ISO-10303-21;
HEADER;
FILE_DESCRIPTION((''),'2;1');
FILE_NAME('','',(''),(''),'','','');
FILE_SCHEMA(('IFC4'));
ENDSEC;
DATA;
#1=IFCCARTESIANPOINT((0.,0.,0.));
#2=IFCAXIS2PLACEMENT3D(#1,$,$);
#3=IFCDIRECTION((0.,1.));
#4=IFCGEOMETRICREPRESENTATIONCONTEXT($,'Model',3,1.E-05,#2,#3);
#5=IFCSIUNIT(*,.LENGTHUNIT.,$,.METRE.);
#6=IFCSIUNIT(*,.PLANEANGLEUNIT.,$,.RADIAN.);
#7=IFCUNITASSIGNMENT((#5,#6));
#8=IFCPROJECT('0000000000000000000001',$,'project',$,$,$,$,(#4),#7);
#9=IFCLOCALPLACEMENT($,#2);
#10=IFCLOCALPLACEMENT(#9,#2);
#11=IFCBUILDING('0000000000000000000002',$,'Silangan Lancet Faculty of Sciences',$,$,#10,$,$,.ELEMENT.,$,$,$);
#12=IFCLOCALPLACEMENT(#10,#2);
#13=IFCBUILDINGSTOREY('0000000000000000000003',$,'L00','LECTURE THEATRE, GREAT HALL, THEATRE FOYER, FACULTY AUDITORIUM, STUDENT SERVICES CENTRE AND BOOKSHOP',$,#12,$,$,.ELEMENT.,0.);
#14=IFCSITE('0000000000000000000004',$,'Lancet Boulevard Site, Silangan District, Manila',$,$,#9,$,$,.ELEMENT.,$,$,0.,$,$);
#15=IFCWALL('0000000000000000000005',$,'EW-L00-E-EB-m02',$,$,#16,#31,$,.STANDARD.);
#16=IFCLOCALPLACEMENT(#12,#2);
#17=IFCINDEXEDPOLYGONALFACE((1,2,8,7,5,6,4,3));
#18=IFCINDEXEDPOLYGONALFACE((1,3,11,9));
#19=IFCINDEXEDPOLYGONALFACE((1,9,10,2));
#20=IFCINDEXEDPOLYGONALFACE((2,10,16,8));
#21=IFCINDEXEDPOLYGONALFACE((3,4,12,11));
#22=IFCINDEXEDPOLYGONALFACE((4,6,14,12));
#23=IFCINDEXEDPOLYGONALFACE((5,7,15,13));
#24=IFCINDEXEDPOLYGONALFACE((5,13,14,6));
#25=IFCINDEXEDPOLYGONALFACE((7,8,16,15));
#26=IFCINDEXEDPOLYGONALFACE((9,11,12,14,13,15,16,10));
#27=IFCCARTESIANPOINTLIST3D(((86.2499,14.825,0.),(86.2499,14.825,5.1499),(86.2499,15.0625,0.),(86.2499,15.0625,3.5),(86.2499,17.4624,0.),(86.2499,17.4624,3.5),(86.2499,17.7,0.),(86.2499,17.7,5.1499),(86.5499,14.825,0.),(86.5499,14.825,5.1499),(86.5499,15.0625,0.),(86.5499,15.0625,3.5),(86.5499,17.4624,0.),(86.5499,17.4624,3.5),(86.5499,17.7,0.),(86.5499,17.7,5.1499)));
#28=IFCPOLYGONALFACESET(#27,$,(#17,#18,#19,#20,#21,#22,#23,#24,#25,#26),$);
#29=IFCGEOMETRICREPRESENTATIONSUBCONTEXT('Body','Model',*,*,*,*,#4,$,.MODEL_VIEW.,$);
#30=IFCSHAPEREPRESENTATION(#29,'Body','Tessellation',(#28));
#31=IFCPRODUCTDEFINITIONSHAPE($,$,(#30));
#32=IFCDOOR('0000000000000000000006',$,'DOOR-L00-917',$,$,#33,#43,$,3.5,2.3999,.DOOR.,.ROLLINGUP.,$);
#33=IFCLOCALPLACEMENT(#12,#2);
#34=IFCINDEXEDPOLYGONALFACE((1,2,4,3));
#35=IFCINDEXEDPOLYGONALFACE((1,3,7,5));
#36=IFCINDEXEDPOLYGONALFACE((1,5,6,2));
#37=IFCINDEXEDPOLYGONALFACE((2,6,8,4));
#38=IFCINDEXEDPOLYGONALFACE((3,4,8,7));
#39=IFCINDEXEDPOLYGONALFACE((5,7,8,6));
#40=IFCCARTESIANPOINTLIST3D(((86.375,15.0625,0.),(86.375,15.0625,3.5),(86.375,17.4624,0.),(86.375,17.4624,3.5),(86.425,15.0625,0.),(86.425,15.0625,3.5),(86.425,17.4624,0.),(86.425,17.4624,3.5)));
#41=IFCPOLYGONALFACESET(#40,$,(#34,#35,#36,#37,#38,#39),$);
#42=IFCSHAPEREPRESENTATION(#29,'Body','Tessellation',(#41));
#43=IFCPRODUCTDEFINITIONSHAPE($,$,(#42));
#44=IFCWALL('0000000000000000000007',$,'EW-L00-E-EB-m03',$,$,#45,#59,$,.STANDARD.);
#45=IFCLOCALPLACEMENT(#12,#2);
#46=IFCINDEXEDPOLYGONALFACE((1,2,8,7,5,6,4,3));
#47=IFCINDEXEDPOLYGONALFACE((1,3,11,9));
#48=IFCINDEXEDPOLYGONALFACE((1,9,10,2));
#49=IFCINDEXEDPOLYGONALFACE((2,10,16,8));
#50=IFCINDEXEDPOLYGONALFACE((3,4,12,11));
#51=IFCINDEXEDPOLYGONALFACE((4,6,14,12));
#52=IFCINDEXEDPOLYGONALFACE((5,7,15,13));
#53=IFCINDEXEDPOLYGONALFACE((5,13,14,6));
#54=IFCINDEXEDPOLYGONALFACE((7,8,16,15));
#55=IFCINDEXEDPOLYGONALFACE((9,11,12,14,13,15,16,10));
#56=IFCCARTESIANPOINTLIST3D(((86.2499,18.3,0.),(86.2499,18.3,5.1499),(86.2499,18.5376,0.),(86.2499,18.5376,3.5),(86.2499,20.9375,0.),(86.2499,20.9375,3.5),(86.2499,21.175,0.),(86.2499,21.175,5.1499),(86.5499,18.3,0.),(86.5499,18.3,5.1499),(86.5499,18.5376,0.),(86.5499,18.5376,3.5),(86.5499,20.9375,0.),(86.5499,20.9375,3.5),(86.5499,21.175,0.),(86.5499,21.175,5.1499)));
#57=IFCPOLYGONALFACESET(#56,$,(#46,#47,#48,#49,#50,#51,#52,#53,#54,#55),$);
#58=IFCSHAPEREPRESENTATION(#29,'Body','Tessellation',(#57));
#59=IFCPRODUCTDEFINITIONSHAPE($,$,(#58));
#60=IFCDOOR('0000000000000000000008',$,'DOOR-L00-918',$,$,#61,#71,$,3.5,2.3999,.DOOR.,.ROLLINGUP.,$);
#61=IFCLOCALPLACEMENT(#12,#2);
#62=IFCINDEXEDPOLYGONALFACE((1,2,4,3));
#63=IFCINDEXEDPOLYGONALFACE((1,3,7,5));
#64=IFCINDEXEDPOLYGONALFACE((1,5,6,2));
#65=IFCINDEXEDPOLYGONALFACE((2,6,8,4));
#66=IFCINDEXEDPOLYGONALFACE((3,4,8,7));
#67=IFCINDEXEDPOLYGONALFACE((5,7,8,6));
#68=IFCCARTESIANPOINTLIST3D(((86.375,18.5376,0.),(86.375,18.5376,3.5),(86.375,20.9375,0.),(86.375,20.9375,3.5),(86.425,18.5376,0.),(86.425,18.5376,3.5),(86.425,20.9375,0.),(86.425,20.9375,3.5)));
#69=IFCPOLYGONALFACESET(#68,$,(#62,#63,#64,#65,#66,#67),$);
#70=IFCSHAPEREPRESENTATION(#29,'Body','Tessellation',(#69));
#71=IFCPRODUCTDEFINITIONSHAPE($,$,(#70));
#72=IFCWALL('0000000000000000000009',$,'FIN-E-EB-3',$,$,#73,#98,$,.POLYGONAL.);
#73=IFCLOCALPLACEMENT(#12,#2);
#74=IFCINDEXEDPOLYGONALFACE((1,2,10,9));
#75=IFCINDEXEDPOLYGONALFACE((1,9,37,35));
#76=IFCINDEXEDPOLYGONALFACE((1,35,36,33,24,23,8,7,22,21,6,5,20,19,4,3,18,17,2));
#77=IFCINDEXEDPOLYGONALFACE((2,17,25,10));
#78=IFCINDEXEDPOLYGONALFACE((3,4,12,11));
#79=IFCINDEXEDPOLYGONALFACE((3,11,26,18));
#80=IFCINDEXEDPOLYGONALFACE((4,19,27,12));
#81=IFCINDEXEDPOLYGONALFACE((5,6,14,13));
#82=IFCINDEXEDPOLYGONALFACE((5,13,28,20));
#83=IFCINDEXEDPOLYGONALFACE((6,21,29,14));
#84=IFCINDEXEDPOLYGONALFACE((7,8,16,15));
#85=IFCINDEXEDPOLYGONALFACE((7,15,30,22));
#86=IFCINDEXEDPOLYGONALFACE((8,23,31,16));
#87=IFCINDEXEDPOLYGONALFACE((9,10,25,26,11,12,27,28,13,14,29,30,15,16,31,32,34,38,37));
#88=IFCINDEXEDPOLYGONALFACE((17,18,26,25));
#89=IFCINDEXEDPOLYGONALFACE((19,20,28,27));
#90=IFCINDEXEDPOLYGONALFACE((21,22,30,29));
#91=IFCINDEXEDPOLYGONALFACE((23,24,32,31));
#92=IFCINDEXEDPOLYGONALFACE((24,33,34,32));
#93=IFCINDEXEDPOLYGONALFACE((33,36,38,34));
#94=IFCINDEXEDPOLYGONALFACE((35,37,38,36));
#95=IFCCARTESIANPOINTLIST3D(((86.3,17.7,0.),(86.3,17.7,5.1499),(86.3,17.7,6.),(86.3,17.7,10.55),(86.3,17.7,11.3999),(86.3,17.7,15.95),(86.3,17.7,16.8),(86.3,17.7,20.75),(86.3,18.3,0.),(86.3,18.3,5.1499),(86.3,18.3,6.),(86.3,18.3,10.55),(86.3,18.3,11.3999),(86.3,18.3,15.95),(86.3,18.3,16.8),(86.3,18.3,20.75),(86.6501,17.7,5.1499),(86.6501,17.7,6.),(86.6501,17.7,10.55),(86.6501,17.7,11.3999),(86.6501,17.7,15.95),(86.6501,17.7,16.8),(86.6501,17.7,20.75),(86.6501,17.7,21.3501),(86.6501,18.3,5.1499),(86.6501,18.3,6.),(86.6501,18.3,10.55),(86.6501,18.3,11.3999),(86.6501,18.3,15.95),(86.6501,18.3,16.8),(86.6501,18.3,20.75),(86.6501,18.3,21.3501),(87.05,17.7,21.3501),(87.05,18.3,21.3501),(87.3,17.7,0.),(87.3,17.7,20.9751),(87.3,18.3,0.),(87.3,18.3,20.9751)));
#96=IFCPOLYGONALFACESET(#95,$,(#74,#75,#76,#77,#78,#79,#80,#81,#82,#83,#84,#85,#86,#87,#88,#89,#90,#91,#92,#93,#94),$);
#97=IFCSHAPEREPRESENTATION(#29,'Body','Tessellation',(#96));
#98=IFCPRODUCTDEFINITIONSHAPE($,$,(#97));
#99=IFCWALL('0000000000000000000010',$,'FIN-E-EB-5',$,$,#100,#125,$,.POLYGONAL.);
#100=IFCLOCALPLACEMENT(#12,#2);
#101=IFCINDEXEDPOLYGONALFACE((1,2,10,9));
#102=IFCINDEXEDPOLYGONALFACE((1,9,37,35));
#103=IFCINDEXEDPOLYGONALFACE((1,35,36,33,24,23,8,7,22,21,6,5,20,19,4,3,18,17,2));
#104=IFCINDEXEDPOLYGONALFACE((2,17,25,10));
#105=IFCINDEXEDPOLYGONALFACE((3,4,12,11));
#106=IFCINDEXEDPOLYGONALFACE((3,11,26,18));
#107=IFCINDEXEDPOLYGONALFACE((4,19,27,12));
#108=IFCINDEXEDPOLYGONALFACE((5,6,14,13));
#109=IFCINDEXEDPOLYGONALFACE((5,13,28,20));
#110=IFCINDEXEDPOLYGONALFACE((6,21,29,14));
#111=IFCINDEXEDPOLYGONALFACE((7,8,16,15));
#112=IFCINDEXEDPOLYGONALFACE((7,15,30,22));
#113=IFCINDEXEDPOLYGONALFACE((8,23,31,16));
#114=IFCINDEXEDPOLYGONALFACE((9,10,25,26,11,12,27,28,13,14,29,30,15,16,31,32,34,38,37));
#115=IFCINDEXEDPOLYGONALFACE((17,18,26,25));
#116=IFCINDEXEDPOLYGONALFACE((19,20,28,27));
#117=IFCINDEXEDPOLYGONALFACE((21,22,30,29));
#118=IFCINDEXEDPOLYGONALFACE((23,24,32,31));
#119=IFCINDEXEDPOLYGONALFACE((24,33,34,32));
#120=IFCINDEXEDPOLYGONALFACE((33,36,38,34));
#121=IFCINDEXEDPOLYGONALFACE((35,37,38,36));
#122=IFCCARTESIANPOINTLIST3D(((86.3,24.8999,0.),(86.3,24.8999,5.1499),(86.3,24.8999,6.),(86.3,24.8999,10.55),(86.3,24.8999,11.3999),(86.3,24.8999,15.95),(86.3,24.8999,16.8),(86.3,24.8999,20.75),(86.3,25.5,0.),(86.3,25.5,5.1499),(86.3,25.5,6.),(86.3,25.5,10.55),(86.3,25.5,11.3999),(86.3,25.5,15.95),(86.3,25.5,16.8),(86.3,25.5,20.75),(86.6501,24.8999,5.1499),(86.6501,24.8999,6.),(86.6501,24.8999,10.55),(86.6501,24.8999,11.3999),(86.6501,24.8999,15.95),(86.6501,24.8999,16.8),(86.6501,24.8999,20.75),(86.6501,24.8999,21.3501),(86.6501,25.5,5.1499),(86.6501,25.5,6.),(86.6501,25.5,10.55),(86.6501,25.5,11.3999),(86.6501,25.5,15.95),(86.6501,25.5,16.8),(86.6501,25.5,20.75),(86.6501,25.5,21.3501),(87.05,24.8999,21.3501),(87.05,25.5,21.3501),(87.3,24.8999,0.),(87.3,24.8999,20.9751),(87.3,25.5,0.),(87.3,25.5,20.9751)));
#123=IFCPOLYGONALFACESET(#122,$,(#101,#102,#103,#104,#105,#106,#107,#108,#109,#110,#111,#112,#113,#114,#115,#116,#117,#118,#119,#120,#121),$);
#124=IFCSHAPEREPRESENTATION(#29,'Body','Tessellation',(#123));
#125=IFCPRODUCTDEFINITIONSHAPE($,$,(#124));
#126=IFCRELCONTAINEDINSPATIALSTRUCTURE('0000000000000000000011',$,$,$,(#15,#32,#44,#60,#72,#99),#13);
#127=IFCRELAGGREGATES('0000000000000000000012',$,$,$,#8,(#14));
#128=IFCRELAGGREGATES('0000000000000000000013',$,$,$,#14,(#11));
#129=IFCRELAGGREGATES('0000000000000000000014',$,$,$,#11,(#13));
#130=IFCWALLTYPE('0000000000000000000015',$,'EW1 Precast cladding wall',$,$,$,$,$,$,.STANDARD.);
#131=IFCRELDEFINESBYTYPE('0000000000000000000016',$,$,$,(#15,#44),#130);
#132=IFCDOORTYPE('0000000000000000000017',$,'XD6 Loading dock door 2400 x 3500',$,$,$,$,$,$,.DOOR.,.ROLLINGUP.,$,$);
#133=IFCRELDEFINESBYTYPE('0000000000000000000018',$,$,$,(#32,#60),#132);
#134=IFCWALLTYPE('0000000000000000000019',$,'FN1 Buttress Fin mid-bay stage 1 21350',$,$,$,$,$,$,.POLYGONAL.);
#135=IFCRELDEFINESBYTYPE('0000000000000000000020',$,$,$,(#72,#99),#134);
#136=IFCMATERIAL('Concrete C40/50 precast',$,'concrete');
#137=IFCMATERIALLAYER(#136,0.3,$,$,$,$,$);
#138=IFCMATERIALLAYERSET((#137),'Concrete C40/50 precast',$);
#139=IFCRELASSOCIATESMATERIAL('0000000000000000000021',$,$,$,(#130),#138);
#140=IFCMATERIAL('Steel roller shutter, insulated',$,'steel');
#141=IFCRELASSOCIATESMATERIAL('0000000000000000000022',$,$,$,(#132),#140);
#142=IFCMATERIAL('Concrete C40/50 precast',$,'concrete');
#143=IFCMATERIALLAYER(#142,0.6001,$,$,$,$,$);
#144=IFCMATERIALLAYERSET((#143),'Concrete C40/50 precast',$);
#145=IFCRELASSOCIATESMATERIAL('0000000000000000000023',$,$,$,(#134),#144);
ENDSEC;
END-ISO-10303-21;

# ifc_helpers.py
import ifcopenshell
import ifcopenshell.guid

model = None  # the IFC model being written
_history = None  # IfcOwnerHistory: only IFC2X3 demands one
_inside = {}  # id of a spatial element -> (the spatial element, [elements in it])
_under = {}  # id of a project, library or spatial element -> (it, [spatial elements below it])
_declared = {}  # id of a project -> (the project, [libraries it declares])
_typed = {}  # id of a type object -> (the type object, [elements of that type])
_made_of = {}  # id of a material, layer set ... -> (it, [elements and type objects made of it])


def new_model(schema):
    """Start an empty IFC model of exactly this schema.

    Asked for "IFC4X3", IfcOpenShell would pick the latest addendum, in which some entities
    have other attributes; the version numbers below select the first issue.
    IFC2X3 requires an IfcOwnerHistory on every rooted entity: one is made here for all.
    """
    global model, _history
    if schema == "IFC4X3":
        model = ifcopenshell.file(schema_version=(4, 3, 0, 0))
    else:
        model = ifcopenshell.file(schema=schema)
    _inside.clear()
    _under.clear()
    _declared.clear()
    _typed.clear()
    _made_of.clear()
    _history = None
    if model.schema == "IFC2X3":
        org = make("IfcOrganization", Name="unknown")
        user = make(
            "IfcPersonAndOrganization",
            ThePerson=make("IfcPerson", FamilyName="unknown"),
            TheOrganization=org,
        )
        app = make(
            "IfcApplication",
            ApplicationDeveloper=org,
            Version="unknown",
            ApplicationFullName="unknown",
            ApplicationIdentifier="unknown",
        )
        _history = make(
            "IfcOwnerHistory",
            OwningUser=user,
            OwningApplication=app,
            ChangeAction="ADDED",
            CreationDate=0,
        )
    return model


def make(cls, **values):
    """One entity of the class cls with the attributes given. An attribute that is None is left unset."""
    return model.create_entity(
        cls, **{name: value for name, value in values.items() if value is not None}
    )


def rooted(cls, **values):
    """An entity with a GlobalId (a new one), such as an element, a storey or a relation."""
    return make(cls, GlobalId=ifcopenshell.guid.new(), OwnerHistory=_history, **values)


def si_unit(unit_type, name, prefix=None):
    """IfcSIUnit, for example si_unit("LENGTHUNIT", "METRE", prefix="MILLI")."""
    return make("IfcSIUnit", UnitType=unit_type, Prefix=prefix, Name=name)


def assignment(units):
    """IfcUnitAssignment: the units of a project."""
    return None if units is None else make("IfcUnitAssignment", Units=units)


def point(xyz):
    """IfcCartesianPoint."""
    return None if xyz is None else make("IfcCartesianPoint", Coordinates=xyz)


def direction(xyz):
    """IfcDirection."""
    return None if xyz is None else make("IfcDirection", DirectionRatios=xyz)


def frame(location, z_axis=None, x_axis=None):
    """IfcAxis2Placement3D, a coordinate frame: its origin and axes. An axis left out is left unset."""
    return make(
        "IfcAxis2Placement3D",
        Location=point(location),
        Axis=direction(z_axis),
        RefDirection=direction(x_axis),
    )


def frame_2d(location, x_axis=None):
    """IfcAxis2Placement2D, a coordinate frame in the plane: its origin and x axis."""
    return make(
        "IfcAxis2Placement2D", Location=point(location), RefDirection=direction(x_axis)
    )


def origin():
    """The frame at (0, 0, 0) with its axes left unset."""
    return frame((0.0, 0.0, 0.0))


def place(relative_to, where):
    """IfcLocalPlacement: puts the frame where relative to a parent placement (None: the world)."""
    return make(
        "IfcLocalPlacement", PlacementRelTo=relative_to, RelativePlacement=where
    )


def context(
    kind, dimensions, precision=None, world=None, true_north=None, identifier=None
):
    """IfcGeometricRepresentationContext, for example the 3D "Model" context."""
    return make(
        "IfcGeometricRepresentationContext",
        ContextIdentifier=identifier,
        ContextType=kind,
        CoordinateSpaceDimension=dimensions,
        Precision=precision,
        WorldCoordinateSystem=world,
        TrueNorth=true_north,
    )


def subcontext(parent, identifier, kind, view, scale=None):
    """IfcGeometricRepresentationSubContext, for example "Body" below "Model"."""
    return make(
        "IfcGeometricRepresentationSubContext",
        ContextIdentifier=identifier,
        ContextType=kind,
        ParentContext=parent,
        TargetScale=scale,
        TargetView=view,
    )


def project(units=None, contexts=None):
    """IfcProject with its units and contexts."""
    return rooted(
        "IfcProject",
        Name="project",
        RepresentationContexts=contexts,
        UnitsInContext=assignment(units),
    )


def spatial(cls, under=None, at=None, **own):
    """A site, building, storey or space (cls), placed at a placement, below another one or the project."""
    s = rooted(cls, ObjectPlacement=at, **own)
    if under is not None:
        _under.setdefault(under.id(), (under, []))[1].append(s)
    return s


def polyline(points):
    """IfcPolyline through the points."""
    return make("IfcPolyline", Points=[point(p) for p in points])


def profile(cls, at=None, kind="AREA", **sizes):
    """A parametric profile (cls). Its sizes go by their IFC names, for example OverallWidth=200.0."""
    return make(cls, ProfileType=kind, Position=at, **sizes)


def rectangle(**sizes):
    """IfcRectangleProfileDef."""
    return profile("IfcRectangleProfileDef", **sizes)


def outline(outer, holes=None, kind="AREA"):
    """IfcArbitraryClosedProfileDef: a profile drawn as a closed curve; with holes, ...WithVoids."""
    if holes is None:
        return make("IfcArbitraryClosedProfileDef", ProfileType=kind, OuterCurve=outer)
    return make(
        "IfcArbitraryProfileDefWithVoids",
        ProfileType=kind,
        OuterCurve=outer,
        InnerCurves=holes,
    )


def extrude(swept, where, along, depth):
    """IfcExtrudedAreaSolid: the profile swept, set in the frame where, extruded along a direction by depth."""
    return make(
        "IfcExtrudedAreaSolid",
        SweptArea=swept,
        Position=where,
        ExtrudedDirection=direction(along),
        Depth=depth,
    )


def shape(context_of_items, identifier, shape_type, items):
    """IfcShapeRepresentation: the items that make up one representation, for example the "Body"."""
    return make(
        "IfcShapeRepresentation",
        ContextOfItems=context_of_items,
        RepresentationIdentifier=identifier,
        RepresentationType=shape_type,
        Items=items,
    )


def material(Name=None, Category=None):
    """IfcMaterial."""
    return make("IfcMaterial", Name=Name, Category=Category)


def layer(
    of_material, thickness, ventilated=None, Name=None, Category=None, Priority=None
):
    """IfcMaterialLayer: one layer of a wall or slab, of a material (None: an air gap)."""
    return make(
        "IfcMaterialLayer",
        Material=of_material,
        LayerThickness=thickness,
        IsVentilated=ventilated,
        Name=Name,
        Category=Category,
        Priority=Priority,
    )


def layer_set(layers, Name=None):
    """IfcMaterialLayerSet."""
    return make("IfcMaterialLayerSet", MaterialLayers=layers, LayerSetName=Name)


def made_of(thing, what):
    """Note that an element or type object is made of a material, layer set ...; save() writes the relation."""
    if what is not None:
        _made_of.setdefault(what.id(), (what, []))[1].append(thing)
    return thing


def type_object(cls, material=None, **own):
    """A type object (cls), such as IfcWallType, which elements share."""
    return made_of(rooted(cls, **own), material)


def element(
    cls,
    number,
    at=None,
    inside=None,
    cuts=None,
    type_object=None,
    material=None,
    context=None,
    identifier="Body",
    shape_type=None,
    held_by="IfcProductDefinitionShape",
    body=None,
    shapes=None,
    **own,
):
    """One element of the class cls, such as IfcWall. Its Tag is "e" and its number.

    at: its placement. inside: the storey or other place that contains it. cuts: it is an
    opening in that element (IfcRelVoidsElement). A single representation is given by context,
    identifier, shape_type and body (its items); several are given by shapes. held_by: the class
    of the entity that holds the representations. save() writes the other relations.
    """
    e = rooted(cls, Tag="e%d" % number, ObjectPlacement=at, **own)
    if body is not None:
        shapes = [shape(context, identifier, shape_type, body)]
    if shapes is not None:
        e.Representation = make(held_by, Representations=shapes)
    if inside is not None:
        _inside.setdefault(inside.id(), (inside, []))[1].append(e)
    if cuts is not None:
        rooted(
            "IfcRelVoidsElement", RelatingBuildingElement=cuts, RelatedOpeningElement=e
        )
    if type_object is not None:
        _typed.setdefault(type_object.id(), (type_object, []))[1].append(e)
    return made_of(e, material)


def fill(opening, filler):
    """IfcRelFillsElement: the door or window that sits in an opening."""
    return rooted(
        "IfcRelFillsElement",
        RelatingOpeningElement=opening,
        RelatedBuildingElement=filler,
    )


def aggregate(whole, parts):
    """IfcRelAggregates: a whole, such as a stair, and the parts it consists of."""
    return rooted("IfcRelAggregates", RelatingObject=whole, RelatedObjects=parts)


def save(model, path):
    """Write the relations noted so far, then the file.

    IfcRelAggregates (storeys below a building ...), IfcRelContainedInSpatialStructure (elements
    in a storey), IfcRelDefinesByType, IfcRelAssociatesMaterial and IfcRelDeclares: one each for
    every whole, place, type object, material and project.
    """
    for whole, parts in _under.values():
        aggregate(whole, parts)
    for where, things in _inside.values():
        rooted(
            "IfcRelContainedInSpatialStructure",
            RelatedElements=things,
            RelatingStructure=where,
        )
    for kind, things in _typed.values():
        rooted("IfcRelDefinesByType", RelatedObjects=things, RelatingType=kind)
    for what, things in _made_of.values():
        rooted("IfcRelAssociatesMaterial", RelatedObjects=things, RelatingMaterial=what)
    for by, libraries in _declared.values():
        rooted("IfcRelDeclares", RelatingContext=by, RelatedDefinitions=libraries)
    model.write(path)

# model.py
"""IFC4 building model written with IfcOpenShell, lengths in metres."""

from ifc_helpers import new_model, si_unit, direction, frame, frame_2d, origin, place, context, subcontext, project, spatial, polyline, rectangle, outline, extrude, material, layer, layer_set, type_object, element, fill, save


model = new_model("IFC4")

# Units and contexts
model_context = context("Model", 3, precision=1e-05, world=origin(), true_north=direction((0.0, 1.0)))
body_context = subcontext(model_context, "Body", "Model", "MODEL_VIEW")
ifc_project = project(units=[si_unit("LENGTHUNIT", "METRE"), si_unit("PLANEANGLEUNIT", "RADIAN")], contexts=[model_context])

# Site, building, storey
site_placement = place(None, origin())
site = spatial("IfcSite", under=ifc_project, at=site_placement, Name="Lancet Boulevard Site, Silangan District, Manila", CompositionType="ELEMENT", RefElevation=0.0)
building_placement = place(site_placement, origin())
building = spatial("IfcBuilding", under=site, at=building_placement, Name="Silangan Lancet Faculty of Sciences", CompositionType="ELEMENT")
storey_placement = place(building_placement, origin())
storey = spatial("IfcBuildingStorey", under=building, at=storey_placement, Name="L00", Description="LECTURE THEATRE, GREAT HALL, THEATRE FOYER, FACULTY AUDITORIUM, STUDENT SERVICES CENTRE AND BOOKSHOP", CompositionType="ELEMENT", Elevation=0.0)

# Walls, openings, doors
ifc_material_1 = material(Name="Concrete C40/50 precast", Category="concrete")
ifc_layer_1 = layer(ifc_material_1, 0.3)
ifc_layer_set_1 = layer_set([ifc_layer_1], Name="Concrete C40/50 precast")
wall_type_1 = type_object("IfcWallType", Name="EW1 Precast cladding wall", PredefinedType="STANDARD", material=ifc_layer_set_1)
wall_1_placement = place(storey_placement, frame((86.3999, 14.825, 0.0), z_axis=(0.0, 0.0, 1.0), x_axis=(0.0, 1.0, 0.0)))
wall_1 = element("IfcWall", 1, at=wall_1_placement, inside=storey, type_object=wall_type_1, Name="EW-L00-E-EB-m02", PredefinedType="STANDARD", context=body_context, shape_type="SweptSolid", body=[
    extrude(rectangle(XDim=2.875, YDim=0.3, at=frame_2d((1.4375, 0.0))), origin(), (0.0, 0.0, 1.0), 5.1499),
])
opening_1_placement = place(wall_1_placement, frame((0.2375, 0.0, 0.0)))
opening_1 = element("IfcOpeningElement", 2, at=opening_1_placement, cuts=wall_1, PredefinedType="OPENING", context=body_context, shape_type="SweptSolid", body=[
    extrude(rectangle(XDim=2.3999, YDim=3.5, at=frame_2d((1.2, 1.75))), frame((0.0, 0.1599, 0.0), z_axis=(0.0, -1.0, 0.0), x_axis=(1.0, 0.0, 0.0)), (0.0, 0.0, 1.0), 0.3201),
])
ifc_material_2 = material(Name="Steel roller shutter, insulated", Category="steel")
door_type = type_object("IfcDoorType", Name="XD6 Loading dock door 2400 x 3500", OperationType="ROLLINGUP", PredefinedType="DOOR", material=ifc_material_2)
door_1_placement = place(opening_1_placement, frame((2.3999, 0.0, 0.0), z_axis=(0.0, 0.0, 1.0), x_axis=(-1.0, 0.0, 0.0)))
door_1 = element("IfcDoor", 3, at=door_1_placement, inside=storey, type_object=door_type, Name="DOOR-L00-917", OperationType="ROLLINGUP", OverallHeight=3.5, OverallWidth=2.3999, PredefinedType="DOOR", context=body_context, shape_type="SweptSolid", body=[
    extrude(rectangle(XDim=2.3999, YDim=3.5, at=frame_2d((1.2, 1.75))), frame((0.0, 0.0251, 0.0), z_axis=(0.0, -1.0, 0.0), x_axis=(1.0, 0.0, 0.0)), (0.0, 0.0, 1.0), 0.05),
])
fill(opening_1, door_1)
wall_2_placement = place(storey_placement, frame((86.3999, 18.3, 0.0), z_axis=(0.0, 0.0, 1.0), x_axis=(0.0, 1.0, 0.0)))
wall_2 = element("IfcWall", 4, at=wall_2_placement, inside=storey, type_object=wall_type_1, Name="EW-L00-E-EB-m03", PredefinedType="STANDARD", context=body_context, shape_type="SweptSolid", body=[
    extrude(rectangle(XDim=2.875, YDim=0.3, at=frame_2d((1.4375, 0.0))), origin(), (0.0, 0.0, 1.0), 5.1499),
])
opening_2_placement = place(wall_2_placement, frame((0.2375, 0.0, 0.0)))
opening_2 = element("IfcOpeningElement", 5, at=opening_2_placement, cuts=wall_2, PredefinedType="OPENING", context=body_context, shape_type="SweptSolid", body=[
    extrude(rectangle(XDim=2.3999, YDim=3.5, at=frame_2d((1.2, 1.75))), frame((0.0, 0.1599, 0.0), z_axis=(0.0, -1.0, 0.0), x_axis=(1.0, 0.0, 0.0)), (0.0, 0.0, 1.0), 0.3201),
])
door_2_placement = place(opening_2_placement, frame((2.3999, 0.0, 0.0), z_axis=(0.0, 0.0, 1.0), x_axis=(-1.0, 0.0, 0.0)))
door_2 = element("IfcDoor", 6, at=door_2_placement, inside=storey, type_object=door_type, Name="DOOR-L00-918", OperationType="ROLLINGUP", OverallHeight=3.5, OverallWidth=2.3999, PredefinedType="DOOR", context=body_context, shape_type="SweptSolid", body=[
    extrude(rectangle(XDim=2.3999, YDim=3.5, at=frame_2d((1.2, 1.75))), frame((0.0, 0.0251, 0.0), z_axis=(0.0, -1.0, 0.0), x_axis=(1.0, 0.0, 0.0)), (0.0, 0.0, 1.0), 0.05),
])
fill(opening_2, door_2)

# Walls
ifc_material_3 = material(Name="Concrete C40/50 precast", Category="concrete")
ifc_layer_2 = layer(ifc_material_3, 0.6001)
ifc_layer_set_2 = layer_set([ifc_layer_2], Name="Concrete C40/50 precast")
wall_type_2 = type_object("IfcWallType", Name="FN1 Buttress Fin mid-bay stage 1 21350", PredefinedType="POLYGONAL", material=ifc_layer_set_2)
for number, where, z_axis, x_axis, name in (
    (7, (86.3, 18.0, 0.0), (0.0, 0.0, 1.0), (1.0, 0.0, 0.0), "FIN-E-EB-3"),
    (8, (86.3, 25.2, 0.0), (0.0, 0.0, 1.0), (1.0, 0.0, 0.0), "FIN-E-EB-5"),
):
    element("IfcWall", number, at=place(storey_placement, frame(where, z_axis=z_axis, x_axis=x_axis)), inside=storey, type_object=wall_type_2, Name=name, PredefinedType="POLYGONAL", context=body_context, shape_type="SweptSolid", body=[
        extrude(outline(polyline([(1.0, 0.0), (1.0, 20.9751), (0.75, 21.3501), (0.3501, 21.3501), (0.3501, 20.75), (0.0, 20.75), (0.0, 16.8), (0.3501, 16.8), (0.3501, 15.95), (0.0, 15.95), (0.0, 11.3999), (0.3501, 11.3999), (0.3501, 10.55), (0.0, 10.55), (0.0, 6.0), (0.3501, 6.0), (0.3501, 5.1499), (0.0, 5.1499), (0.0, 0.0), (1.0, 0.0)])), frame((0.0, 0.3, 0.0), z_axis=(0.0, -1.0, 0.0), x_axis=(1.0, 0.0, 0.0)), (0.0, 0.0, 1.0), 0.6001),
    ])

save(model, "model.ifc")
